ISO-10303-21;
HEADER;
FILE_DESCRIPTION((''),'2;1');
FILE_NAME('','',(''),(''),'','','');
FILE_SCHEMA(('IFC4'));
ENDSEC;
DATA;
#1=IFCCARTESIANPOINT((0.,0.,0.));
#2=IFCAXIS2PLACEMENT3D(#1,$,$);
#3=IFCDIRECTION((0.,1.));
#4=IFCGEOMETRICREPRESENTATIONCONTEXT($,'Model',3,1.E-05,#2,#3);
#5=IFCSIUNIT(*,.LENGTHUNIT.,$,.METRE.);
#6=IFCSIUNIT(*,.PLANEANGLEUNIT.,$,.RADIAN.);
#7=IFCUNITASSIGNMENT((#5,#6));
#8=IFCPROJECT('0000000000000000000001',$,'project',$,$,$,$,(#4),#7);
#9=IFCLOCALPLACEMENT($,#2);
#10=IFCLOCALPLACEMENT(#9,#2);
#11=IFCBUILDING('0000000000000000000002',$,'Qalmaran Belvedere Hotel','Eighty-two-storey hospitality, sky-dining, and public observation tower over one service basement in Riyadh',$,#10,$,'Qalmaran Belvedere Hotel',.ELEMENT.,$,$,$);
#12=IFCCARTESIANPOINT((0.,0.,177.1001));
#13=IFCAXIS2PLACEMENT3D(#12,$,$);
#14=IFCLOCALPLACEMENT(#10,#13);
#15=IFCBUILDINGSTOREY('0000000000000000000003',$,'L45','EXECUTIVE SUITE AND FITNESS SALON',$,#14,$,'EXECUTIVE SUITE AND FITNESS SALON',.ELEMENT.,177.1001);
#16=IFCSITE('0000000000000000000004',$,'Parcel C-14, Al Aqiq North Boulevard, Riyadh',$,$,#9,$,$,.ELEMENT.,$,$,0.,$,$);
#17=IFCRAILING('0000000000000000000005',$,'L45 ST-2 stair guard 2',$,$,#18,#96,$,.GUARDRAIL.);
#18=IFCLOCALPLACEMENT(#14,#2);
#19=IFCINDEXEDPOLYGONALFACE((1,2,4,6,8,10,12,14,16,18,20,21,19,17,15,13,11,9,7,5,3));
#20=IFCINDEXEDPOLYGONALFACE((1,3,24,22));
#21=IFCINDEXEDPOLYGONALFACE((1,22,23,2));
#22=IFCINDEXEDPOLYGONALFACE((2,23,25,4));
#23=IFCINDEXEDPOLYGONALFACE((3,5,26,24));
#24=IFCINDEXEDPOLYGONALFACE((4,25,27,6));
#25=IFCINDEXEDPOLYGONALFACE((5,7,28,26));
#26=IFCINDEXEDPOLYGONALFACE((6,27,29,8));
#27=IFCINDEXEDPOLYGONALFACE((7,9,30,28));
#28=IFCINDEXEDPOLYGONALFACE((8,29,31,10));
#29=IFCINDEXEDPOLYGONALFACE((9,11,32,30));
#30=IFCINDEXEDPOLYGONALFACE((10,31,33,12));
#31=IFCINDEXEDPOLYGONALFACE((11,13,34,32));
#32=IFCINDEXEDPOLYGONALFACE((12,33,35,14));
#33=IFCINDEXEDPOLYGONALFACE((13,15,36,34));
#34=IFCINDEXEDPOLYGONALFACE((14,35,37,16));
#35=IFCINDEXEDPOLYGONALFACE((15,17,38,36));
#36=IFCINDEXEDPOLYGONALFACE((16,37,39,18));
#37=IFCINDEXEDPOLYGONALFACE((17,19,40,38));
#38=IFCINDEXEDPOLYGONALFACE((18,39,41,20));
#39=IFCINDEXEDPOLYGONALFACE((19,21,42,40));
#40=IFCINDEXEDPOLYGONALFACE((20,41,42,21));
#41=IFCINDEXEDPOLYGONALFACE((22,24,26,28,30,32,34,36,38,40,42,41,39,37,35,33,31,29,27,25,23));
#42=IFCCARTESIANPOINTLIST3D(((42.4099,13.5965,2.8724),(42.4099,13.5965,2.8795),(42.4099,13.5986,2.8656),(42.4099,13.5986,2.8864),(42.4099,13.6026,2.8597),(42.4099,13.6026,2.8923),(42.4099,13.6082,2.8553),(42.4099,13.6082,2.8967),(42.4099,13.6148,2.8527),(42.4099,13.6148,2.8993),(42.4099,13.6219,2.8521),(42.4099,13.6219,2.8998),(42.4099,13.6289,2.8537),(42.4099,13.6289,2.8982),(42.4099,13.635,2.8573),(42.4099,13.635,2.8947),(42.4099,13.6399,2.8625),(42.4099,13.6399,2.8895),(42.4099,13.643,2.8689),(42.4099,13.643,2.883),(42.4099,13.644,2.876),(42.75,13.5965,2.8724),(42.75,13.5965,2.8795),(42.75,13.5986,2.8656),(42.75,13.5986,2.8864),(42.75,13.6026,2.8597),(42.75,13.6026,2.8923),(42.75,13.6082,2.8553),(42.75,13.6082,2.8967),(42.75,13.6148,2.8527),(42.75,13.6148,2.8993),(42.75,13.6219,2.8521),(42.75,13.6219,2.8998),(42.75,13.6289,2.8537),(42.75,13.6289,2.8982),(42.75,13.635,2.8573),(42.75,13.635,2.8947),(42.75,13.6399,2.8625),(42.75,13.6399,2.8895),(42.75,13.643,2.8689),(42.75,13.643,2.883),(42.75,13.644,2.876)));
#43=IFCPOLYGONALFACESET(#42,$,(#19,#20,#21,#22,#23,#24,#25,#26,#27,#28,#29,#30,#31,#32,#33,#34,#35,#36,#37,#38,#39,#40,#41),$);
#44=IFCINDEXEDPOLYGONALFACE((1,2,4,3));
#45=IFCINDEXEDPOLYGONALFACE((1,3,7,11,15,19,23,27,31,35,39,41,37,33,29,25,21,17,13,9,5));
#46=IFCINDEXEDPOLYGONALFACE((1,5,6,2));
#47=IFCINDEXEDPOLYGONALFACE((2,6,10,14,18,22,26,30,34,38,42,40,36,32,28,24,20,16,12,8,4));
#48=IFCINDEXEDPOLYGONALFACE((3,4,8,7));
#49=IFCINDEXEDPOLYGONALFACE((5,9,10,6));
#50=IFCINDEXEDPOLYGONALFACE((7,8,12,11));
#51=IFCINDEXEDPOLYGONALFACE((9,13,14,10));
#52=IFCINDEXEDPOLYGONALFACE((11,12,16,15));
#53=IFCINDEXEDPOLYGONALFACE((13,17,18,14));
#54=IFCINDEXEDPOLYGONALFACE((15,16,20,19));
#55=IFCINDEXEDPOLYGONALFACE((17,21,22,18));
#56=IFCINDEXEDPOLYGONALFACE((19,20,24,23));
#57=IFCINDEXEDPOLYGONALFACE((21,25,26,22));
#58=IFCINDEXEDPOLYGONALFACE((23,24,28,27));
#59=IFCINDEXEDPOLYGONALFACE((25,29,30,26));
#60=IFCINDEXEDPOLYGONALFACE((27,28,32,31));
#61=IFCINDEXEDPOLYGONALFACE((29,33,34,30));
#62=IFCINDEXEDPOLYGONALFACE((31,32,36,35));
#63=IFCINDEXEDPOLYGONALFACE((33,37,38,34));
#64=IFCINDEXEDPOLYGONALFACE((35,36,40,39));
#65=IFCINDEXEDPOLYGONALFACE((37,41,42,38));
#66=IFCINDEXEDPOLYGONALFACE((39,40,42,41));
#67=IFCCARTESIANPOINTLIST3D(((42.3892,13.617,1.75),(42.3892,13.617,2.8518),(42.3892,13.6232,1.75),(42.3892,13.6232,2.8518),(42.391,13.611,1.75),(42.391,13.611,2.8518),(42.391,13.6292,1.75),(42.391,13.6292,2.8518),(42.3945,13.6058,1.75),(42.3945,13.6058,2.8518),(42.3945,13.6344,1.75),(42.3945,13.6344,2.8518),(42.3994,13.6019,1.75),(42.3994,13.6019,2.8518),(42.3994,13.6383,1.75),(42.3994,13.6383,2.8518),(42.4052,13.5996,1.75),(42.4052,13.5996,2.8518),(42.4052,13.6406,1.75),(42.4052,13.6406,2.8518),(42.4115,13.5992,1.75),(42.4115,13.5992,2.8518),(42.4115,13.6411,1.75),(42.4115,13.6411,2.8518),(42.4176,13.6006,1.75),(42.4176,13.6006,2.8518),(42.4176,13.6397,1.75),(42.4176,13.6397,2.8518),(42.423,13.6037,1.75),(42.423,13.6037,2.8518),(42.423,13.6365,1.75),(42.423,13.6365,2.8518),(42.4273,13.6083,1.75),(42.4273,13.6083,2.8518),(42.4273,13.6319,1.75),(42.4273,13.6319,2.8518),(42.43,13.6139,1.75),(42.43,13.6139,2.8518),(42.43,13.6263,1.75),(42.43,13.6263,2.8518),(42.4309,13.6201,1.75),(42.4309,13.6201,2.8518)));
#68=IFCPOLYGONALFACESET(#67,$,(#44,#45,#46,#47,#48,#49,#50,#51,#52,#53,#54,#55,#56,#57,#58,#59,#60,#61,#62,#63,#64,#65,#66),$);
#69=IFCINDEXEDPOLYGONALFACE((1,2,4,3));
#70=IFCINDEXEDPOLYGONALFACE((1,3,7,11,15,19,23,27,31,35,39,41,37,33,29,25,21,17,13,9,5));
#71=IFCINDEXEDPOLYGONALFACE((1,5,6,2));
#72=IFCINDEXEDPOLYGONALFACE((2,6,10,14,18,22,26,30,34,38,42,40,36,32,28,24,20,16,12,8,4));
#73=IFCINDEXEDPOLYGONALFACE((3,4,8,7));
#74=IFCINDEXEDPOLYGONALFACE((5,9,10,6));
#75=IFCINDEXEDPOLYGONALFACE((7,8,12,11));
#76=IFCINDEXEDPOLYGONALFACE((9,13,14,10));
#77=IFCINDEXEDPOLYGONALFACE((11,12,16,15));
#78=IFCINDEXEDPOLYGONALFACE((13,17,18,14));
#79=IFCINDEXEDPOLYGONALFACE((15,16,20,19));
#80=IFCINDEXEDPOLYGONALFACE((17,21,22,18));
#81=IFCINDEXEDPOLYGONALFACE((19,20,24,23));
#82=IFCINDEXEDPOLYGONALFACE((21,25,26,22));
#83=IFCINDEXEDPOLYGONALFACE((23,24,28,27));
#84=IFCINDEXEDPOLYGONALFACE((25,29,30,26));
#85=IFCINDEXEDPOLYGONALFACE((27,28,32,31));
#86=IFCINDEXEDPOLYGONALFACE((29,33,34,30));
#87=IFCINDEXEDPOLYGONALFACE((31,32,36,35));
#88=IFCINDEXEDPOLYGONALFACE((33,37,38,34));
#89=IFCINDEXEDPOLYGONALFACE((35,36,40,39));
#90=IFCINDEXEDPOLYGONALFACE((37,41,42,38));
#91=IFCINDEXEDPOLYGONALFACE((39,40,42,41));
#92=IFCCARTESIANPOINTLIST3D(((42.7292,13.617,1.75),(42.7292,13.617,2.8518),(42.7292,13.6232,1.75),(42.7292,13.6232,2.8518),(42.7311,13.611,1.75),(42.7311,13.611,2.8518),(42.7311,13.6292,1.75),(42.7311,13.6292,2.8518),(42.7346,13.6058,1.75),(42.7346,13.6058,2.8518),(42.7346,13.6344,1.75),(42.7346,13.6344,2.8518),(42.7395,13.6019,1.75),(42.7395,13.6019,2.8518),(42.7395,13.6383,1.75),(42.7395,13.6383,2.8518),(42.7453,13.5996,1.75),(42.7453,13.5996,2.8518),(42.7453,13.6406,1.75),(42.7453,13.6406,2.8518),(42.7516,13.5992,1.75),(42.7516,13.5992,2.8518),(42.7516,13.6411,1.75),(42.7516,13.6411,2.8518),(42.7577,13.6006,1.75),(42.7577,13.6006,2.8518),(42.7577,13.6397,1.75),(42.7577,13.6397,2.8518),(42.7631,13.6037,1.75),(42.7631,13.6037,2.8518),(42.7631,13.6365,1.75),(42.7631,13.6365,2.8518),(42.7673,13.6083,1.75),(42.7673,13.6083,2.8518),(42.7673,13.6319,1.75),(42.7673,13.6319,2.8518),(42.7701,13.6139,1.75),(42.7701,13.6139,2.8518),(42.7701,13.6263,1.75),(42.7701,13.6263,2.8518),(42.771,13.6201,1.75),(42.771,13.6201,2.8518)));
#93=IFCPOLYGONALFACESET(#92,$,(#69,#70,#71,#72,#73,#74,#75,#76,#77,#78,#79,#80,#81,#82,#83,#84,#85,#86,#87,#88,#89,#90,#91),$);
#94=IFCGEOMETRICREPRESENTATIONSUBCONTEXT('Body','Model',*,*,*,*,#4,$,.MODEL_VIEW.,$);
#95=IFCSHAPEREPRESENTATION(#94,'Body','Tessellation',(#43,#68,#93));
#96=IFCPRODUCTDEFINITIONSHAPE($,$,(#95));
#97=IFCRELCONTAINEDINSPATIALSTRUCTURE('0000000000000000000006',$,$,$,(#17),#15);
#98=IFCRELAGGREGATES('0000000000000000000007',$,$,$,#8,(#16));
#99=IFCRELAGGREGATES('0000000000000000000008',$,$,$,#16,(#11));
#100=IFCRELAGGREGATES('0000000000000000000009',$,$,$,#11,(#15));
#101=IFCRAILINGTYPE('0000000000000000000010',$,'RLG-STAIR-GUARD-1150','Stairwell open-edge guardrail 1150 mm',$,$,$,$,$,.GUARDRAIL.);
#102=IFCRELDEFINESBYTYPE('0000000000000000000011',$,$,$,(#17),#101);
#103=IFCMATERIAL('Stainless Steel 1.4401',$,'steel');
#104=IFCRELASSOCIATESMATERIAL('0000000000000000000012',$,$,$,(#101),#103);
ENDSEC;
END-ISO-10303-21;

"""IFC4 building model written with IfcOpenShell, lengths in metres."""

from ifc_helpers import new_model, si_unit, direction, frame, origin, origin_2d, place, context, subcontext, project, spatial, circle, extrude, material, type_object, element, save


model = new_model("IFC4")

# Units and contexts
model_context = context("Model", 3, precision=1e-05, world=origin(), true_north=direction((0.0, 1.0)))
body_context = subcontext(model_context, "Body", "Model", "MODEL_VIEW")
ifc_project = project(units=[si_unit("LENGTHUNIT", "METRE"), si_unit("PLANEANGLEUNIT", "RADIAN")], contexts=[model_context])

# Site, building, storey
site_placement = place(None, origin())
site = spatial("IfcSite", under=ifc_project, at=site_placement, Name="Parcel C-14, Al Aqiq North Boulevard, Riyadh", CompositionType="ELEMENT", RefElevation=0.0)
building_placement = place(site_placement, origin())
building = spatial("IfcBuilding", under=site, at=building_placement, Name="Qalmaran Belvedere Hotel", Description="Eighty-two-storey hospitality, sky-dining, and public observation tower over one service basement in Riyadh", LongName="Qalmaran Belvedere Hotel", CompositionType="ELEMENT")
storey_placement = place(building_placement, frame((0.0, 0.0, 177.1001)))
storey = spatial("IfcBuildingStorey", under=building, at=storey_placement, Name="L45", Description="EXECUTIVE SUITE AND FITNESS SALON", LongName="EXECUTIVE SUITE AND FITNESS SALON", CompositionType="ELEMENT", Elevation=177.1001)

# Railing
ifc_material_1 = material(Name="Stainless Steel 1.4401", Category="steel")
railing_type_1 = type_object("IfcRailingType", Name="RLG-STAIR-GUARD-1150", Description="Stairwell open-edge guardrail 1150 mm", PredefinedType="GUARDRAIL", material=ifc_material_1)
railing_1_placement = place(storey_placement, frame((42.4099, 13.6201, 1.75)))
element("IfcRailing", 1, at=railing_1_placement, inside=storey, type_object=railing_type_1, Name="L45 ST-2 stair guard 2", PredefinedType="GUARDRAIL", context=body_context, shape_type="SweptSolid", body=[
    extrude(circle(Radius=0.0239, at=origin_2d()), frame((0.0, 0.0, 1.126), z_axis=(1.0, 0.0, 0.0), x_axis=(0.0, 1.0, 0.0)), (0.0, 0.0, 1.0), 0.3401),
    extrude(circle(Radius=0.021, at=origin_2d()), origin(), (0.0, 0.0, 1.0), 1.1018),
    extrude(circle(Radius=0.021, at=origin_2d()), frame((0.3401, 0.0, 0.0)), (0.0, 0.0, 1.0), 1.1018),
])

save(model, "model.ifc")
